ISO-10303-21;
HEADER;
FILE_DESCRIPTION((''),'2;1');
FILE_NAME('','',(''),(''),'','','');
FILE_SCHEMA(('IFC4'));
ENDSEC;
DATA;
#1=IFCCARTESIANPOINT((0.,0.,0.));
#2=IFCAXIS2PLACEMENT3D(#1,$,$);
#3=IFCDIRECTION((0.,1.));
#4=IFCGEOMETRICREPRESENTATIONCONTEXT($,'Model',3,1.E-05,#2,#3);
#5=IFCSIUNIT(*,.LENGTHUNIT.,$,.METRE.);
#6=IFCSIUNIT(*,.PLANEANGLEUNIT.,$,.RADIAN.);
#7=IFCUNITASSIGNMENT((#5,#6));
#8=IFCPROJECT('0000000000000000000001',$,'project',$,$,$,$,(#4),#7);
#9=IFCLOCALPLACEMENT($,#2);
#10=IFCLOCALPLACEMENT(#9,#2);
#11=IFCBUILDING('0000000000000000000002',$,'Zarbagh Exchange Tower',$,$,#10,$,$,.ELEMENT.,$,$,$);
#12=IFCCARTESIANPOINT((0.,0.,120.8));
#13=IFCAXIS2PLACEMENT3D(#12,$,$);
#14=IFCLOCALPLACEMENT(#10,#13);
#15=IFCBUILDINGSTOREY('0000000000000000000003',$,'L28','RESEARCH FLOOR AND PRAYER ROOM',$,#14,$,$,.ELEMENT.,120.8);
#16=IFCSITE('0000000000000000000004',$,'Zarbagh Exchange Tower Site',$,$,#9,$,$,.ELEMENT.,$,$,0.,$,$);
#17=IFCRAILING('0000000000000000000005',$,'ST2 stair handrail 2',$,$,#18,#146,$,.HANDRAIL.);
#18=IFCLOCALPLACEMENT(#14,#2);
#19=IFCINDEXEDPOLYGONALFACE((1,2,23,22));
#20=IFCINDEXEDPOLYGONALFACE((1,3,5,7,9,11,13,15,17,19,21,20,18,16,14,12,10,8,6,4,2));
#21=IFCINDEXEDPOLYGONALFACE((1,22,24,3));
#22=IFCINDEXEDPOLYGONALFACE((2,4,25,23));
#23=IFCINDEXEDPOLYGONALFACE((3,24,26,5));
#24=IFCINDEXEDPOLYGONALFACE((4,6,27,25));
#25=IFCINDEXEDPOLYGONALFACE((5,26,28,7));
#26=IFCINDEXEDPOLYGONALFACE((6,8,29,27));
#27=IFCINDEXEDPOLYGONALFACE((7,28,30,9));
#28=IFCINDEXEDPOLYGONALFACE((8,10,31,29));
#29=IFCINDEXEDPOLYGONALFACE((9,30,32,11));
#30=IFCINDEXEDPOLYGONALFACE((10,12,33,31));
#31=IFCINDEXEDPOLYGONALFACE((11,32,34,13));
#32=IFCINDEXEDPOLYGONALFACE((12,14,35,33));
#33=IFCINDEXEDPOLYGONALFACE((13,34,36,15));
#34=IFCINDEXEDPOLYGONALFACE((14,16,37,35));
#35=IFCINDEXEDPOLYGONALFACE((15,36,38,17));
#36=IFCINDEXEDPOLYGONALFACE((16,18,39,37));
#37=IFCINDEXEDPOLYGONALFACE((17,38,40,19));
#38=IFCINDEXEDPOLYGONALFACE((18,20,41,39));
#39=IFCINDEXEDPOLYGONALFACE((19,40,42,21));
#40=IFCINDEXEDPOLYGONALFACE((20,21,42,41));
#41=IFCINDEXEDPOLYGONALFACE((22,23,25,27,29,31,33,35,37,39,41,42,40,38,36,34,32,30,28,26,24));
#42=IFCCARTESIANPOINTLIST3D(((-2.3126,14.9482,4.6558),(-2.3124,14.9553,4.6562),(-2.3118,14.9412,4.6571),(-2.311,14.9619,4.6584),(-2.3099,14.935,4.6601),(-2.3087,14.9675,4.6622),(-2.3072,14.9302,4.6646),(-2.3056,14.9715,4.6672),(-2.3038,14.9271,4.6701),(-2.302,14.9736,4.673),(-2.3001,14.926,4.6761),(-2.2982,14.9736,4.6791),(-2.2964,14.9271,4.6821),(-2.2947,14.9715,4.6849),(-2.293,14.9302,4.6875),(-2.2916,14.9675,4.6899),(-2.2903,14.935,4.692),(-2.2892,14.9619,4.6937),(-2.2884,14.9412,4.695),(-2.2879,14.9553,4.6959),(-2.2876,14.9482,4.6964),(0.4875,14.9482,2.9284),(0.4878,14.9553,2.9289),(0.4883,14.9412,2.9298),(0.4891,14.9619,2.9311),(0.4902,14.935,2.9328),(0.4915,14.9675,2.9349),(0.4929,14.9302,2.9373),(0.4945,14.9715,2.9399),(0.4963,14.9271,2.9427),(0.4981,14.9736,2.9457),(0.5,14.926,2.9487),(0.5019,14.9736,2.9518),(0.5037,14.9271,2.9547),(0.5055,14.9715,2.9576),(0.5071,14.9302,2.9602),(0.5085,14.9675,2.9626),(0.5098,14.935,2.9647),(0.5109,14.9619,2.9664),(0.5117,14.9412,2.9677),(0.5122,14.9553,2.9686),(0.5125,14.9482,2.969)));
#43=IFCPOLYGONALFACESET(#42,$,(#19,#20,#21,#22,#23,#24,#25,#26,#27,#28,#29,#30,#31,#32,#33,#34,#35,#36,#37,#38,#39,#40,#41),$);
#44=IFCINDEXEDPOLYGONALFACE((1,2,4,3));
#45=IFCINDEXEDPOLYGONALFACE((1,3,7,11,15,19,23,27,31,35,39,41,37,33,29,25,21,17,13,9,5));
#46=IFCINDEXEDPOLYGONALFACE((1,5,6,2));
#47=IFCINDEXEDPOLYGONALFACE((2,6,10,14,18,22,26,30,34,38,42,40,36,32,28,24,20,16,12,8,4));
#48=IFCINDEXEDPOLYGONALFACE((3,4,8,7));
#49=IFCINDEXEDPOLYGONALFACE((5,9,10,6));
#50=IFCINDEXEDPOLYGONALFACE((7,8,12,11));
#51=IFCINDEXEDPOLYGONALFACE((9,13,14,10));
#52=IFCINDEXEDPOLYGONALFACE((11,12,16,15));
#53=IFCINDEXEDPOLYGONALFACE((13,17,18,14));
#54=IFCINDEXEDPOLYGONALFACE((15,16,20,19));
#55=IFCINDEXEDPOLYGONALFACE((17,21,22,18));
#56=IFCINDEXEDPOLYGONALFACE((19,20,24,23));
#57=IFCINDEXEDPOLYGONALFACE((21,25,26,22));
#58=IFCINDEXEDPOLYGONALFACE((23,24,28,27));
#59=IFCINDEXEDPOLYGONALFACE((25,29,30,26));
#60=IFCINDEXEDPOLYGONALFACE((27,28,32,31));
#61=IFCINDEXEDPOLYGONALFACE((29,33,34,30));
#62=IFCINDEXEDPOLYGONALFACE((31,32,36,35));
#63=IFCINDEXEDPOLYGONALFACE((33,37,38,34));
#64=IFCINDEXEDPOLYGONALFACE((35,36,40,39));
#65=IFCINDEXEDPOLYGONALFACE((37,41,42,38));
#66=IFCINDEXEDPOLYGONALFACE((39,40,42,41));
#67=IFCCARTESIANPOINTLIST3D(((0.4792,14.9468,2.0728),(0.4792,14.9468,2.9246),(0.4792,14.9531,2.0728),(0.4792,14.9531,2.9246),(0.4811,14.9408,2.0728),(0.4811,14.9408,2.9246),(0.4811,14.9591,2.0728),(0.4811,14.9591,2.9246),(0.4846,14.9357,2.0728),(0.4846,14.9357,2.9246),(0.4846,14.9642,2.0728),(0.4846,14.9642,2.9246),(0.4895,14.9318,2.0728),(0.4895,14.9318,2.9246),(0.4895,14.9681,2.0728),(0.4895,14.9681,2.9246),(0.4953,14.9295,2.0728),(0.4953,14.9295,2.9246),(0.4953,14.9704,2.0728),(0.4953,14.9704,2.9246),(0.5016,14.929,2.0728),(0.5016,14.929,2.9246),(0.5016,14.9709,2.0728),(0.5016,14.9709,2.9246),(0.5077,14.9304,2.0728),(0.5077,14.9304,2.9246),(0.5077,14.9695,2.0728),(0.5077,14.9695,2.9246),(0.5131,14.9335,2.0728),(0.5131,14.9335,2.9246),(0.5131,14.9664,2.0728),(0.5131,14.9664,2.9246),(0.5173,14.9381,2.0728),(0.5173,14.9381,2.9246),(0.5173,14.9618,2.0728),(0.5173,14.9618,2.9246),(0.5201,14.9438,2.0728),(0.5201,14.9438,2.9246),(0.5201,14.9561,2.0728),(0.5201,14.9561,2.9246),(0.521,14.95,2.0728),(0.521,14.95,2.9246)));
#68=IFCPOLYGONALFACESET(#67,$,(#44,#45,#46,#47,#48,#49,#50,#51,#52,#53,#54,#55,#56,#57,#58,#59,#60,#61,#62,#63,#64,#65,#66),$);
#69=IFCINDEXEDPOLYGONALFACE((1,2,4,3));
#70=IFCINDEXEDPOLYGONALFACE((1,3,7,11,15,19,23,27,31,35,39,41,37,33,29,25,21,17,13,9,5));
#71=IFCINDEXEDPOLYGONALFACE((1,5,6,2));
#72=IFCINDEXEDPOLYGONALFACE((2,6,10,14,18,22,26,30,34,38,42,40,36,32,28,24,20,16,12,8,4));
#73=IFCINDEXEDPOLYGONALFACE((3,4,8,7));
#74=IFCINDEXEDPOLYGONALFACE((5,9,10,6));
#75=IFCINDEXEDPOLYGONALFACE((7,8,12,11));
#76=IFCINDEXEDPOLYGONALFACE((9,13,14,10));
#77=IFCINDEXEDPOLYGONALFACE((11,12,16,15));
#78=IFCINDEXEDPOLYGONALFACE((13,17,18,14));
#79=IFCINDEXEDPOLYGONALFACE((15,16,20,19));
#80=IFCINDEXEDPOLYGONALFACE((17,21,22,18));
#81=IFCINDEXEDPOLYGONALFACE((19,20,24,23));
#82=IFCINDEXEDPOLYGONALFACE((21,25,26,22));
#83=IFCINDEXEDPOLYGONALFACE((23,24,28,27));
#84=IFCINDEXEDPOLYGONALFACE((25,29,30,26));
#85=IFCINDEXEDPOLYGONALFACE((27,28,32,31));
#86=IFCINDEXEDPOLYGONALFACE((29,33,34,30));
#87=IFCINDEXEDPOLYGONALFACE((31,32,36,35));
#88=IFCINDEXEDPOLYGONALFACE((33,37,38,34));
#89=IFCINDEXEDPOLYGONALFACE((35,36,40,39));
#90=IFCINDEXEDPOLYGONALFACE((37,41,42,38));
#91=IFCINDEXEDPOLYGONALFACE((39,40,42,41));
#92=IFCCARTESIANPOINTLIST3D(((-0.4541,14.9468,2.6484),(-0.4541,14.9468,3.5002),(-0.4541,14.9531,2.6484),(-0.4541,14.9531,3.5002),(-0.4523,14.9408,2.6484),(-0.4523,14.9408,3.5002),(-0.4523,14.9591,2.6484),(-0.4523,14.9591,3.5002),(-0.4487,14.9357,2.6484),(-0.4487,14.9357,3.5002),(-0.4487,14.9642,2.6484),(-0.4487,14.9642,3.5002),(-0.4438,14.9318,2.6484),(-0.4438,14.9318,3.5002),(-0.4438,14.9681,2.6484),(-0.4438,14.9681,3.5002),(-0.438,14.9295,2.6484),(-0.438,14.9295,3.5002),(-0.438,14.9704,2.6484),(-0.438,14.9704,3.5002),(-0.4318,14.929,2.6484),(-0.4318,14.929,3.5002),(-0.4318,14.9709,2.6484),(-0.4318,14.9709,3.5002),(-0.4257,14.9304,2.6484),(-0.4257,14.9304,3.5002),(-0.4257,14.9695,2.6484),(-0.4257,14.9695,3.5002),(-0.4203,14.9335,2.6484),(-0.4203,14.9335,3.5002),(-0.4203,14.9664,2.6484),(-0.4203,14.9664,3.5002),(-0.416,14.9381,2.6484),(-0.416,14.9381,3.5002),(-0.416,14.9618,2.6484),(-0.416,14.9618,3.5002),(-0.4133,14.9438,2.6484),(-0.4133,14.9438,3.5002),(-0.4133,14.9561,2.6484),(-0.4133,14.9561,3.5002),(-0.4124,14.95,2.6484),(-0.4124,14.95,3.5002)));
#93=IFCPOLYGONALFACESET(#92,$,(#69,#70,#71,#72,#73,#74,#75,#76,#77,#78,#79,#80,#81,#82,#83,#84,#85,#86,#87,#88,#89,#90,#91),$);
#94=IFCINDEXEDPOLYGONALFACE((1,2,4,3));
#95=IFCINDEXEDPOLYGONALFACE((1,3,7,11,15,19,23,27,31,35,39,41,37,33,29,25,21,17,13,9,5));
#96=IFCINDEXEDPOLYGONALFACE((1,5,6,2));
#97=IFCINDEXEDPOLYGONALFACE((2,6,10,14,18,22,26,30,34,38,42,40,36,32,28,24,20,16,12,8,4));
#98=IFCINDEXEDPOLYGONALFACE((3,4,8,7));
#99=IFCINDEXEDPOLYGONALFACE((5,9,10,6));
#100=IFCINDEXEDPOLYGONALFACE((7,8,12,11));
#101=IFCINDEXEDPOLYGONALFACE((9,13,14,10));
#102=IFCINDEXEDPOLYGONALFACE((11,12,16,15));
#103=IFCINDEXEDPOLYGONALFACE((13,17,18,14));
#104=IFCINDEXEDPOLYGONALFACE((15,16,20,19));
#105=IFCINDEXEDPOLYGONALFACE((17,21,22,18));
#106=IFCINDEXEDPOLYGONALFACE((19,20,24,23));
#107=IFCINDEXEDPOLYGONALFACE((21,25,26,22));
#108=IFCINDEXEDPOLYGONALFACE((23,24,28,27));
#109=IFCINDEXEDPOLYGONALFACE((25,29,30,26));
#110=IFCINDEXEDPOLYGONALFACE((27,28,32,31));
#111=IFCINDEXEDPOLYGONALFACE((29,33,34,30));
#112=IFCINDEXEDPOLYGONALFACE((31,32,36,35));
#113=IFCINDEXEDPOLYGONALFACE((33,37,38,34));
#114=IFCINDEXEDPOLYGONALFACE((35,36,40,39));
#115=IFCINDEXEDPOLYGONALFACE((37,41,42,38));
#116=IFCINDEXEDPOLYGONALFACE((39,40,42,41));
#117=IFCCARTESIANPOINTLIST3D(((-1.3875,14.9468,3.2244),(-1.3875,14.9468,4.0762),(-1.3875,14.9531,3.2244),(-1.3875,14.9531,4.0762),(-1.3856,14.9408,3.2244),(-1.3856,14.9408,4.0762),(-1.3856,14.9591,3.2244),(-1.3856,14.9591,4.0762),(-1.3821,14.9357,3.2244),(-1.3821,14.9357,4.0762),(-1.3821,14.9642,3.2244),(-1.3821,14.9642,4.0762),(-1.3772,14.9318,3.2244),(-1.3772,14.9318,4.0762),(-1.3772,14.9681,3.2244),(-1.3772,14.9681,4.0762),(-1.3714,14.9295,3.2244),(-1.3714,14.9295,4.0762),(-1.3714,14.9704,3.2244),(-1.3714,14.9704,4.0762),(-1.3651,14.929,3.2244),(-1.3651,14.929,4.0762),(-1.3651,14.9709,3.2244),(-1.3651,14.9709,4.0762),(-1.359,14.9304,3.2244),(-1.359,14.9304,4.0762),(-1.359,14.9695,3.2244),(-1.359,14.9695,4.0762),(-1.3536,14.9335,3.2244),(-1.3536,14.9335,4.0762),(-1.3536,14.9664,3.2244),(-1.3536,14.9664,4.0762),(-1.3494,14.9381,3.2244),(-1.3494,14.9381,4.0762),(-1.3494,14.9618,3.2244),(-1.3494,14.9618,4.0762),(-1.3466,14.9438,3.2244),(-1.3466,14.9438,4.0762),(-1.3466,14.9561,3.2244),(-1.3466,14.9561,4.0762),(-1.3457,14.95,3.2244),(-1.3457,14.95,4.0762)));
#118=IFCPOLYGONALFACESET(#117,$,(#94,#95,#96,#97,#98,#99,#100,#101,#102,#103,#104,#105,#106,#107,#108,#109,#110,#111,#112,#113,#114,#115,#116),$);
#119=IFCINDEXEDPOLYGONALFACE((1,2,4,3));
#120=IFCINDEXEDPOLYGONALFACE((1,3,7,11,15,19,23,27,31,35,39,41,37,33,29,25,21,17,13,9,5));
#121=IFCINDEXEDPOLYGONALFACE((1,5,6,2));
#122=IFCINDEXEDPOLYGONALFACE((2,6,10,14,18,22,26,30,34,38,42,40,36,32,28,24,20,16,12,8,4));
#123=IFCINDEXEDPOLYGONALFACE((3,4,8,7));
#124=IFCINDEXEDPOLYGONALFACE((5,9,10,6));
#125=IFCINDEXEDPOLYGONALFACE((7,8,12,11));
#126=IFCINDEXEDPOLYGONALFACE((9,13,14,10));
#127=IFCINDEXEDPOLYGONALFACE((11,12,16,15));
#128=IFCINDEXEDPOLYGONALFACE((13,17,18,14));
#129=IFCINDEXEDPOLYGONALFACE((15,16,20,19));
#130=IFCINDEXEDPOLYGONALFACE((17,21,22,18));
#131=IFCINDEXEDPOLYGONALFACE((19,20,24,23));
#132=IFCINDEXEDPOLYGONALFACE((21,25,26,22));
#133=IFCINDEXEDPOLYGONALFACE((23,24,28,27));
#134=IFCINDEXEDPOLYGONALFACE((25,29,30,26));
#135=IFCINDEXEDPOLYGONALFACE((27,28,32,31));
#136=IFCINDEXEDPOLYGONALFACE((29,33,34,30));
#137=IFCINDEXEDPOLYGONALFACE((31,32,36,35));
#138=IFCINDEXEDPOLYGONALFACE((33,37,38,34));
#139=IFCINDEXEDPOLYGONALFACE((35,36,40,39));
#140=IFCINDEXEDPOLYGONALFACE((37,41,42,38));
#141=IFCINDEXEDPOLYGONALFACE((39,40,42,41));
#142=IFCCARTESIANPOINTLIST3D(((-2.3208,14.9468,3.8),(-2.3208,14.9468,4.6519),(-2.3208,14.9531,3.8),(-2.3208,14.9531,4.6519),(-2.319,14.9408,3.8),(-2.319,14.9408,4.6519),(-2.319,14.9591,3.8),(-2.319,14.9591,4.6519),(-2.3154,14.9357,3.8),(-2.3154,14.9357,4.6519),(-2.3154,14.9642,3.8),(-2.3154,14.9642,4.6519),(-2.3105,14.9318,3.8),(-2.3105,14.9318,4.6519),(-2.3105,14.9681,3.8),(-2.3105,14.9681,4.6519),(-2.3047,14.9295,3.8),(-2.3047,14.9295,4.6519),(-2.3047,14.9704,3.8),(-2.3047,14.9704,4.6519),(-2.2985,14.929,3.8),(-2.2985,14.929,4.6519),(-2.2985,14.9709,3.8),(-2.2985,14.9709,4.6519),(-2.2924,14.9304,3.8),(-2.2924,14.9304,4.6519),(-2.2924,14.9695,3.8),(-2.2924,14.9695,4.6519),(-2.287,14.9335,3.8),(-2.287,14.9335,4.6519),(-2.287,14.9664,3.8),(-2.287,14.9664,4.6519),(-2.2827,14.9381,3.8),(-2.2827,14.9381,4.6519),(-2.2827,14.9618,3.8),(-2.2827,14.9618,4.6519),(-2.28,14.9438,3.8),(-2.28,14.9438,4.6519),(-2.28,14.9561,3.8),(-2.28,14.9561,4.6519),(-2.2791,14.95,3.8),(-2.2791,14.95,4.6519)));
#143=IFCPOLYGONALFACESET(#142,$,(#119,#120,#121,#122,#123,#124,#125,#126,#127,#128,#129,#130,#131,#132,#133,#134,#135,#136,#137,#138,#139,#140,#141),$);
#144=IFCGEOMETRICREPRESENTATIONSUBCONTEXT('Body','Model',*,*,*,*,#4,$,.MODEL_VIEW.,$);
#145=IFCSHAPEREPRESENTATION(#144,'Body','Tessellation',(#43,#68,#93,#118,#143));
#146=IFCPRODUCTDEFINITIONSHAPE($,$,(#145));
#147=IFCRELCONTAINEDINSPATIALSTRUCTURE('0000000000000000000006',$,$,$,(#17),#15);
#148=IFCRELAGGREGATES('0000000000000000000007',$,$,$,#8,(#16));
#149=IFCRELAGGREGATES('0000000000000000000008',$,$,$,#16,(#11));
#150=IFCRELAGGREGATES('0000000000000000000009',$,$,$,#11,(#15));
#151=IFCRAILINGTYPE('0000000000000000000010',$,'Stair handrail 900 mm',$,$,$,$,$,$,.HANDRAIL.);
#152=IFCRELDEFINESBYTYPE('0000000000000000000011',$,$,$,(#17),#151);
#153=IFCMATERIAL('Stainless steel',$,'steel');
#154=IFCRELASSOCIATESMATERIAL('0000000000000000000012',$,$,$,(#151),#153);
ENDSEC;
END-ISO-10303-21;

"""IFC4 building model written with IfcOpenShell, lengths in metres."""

from ifc_helpers import new_model, si_unit, direction, frame, origin, origin_2d, place, context, subcontext, project, spatial, circle, extrude, material, type_object, element, save


model = new_model("IFC4")

# Units and contexts
model_context = context("Model", 3, precision=1e-05, world=origin(), true_north=direction((0.0, 1.0)))
body_context = subcontext(model_context, "Body", "Model", "MODEL_VIEW")
ifc_project = project(units=[si_unit("LENGTHUNIT", "METRE"), si_unit("PLANEANGLEUNIT", "RADIAN")], contexts=[model_context])

# Site, building, storey
site_placement = place(None, origin())
site = spatial("IfcSite", under=ifc_project, at=site_placement, Name="Zarbagh Exchange Tower Site", CompositionType="ELEMENT", RefElevation=0.0)
building_placement = place(site_placement, origin())
building = spatial("IfcBuilding", under=site, at=building_placement, Name="Zarbagh Exchange Tower", CompositionType="ELEMENT")
storey_placement = place(building_placement, frame((0.0, 0.0, 120.8)))
storey = spatial("IfcBuildingStorey", under=building, at=storey_placement, Name="L28", Description="RESEARCH FLOOR AND PRAYER ROOM", CompositionType="ELEMENT", Elevation=120.8)

# Shared definitions
ifc_material_1 = material(Name="Stainless steel", Category="steel")

# Railing
railing_type = type_object("IfcRailingType", Name="Stair handrail 900 mm", PredefinedType="HANDRAIL", material=ifc_material_1)
for number, where, name in (
    (1, (0.5, 14.95, 2.0728), "ST2 stair handrail 2"),
):
    element("IfcRailing", number, at=place(storey_placement, frame(where)), inside=storey, type_object=railing_type, Name=name, PredefinedType="HANDRAIL", context=body_context, shape_type="SweptSolid", body=[
        extrude(circle(Radius=0.0239, at=origin_2d()), frame((0.0, 0.0, 0.876), z_axis=(-0.85109, 0.0, 0.52502), x_axis=(0.0, -1.0, 0.0)), (0.0, 0.0, 1.0), 3.29),
        extrude(circle(Radius=0.021, at=origin_2d()), origin(), (0.0, 0.0, 1.0), 0.8518),
        extrude(circle(Radius=0.021, at=origin_2d()), frame((-0.9333, 0.0, 0.5757)), (0.0, 0.0, 1.0), 0.8518),
        extrude(circle(Radius=0.021, at=origin_2d()), frame((-1.8667, 0.0, 1.1516)), (0.0, 0.0, 1.0), 0.8518),
        extrude(circle(Radius=0.021, at=origin_2d()), frame((-2.8, 0.0, 1.7273)), (0.0, 0.0, 1.0), 0.8518),
    ])

save(model, "model.ifc")
